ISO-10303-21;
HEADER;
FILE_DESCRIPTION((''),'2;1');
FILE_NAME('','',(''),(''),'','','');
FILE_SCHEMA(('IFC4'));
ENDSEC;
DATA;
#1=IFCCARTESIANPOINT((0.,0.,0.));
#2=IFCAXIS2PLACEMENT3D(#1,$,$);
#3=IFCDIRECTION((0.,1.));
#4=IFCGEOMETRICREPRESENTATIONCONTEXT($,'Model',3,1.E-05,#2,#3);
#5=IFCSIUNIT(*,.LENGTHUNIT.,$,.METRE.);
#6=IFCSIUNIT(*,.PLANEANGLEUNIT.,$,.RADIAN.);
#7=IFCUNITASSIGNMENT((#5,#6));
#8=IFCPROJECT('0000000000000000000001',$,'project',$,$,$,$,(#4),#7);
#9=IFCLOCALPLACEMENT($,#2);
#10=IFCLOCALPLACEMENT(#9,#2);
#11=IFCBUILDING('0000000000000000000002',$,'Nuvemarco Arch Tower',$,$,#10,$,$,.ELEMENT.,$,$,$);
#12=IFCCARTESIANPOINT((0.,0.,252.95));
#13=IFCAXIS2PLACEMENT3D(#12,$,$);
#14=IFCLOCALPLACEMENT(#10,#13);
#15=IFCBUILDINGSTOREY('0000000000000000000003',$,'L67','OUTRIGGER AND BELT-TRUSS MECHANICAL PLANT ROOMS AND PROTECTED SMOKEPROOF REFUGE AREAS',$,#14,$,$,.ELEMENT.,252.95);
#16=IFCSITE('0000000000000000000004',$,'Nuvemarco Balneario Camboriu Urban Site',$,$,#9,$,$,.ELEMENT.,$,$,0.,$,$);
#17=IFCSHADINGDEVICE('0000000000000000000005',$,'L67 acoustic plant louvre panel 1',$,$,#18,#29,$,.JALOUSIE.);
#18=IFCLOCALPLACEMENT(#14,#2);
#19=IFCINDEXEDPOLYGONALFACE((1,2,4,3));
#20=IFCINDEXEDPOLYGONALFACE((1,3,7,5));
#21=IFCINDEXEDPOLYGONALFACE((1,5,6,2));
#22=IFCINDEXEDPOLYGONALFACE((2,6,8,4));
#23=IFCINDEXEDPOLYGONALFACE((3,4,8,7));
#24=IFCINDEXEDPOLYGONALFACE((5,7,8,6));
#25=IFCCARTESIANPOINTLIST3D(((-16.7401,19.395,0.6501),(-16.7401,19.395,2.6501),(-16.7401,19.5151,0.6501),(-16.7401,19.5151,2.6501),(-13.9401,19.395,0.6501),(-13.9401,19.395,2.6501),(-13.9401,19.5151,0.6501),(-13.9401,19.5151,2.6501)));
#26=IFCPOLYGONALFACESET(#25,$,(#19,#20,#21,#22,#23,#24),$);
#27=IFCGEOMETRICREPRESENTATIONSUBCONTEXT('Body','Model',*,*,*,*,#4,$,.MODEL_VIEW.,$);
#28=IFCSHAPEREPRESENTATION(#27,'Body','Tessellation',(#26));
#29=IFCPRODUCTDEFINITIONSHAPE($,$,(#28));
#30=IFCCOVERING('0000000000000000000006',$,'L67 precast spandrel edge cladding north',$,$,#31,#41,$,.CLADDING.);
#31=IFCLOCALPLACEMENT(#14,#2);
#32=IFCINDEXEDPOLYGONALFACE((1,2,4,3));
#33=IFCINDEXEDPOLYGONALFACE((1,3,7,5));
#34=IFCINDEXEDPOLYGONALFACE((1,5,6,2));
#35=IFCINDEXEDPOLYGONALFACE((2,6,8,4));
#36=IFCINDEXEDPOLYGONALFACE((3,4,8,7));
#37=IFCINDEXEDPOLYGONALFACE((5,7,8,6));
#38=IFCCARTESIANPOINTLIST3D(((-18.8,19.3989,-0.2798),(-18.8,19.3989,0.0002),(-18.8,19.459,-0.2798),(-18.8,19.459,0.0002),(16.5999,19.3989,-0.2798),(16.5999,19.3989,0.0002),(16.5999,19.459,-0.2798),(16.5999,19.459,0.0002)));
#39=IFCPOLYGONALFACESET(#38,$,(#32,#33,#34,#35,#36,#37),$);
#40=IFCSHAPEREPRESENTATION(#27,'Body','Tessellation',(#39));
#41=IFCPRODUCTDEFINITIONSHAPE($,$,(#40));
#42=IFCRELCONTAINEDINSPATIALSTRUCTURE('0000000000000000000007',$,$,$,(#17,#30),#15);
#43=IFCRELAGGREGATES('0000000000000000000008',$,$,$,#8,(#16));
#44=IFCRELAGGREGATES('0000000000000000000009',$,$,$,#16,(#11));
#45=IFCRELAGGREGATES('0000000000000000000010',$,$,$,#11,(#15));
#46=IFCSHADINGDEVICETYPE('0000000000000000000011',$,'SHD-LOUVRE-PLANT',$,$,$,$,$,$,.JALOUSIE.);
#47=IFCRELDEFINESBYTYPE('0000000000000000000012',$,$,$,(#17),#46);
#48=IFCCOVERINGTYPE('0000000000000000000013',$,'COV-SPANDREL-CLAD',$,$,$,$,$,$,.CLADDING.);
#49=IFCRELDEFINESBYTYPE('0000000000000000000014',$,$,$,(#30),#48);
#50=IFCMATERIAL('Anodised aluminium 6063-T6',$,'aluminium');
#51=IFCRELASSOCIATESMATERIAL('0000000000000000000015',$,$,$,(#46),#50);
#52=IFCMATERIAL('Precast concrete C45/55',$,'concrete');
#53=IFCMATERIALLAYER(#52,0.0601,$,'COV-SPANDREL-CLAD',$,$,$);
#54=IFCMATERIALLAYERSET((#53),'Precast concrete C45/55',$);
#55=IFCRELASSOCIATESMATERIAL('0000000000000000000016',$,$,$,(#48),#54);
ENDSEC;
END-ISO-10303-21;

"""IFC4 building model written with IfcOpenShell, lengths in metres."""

from ifc_helpers import new_model, si_unit, direction, frame, origin, origin_2d, place, context, subcontext, project, spatial, rectangle, extrude, source, transform, mapped, material, layer, layer_set, type_object, type_shapes, element, save


model = new_model("IFC4")

# Units and contexts
model_context = context("Model", 3, precision=1e-05, world=origin(), true_north=direction((0.0, 1.0)))
body_context = subcontext(model_context, "Body", "Model", "MODEL_VIEW")
ifc_project = project(units=[si_unit("LENGTHUNIT", "METRE"), si_unit("PLANEANGLEUNIT", "RADIAN")], contexts=[model_context])

# Site, building, storey
site_placement = place(None, origin())
site = spatial("IfcSite", under=ifc_project, at=site_placement, Name="Nuvemarco Balneario Camboriu Urban Site", CompositionType="ELEMENT", RefElevation=0.0)
building_placement = place(site_placement, origin())
building = spatial("IfcBuilding", under=site, at=building_placement, Name="Nuvemarco Arch Tower", CompositionType="ELEMENT")
storey_placement = place(building_placement, frame((0.0, 0.0, 252.95)))
storey = spatial("IfcBuildingStorey", under=building, at=storey_placement, Name="L67", Description="OUTRIGGER AND BELT-TRUSS MECHANICAL PLANT ROOMS AND PROTECTED SMOKEPROOF REFUGE AREAS", CompositionType="ELEMENT", Elevation=252.95)

# Shared definitions
ifc_material_1 = material(Name="Precast concrete C45/55", Category="concrete")

# Shading device
ifc_material_2 = material(Name="Anodised aluminium 6063-T6", Category="aluminium")
shading_device_type = type_object("IfcShadingDeviceType", Name="SHD-LOUVRE-PLANT", PredefinedType="JALOUSIE", material=ifc_material_2)
shared_shape_1 = source(origin(), body_context, "Body", "SweptSolid", [
    extrude(rectangle(XDim=2.8, YDim=0.1201, at=origin_2d()), origin(), (0.0, 0.0, 1.0), 2.0),
])
type_shapes(shading_device_type, [shared_shape_1])
shading_device_placement = place(storey_placement, frame((-15.3401, 19.4551, 0.6501), z_axis=(0.0, 0.0, 1.0), x_axis=(1.0, 0.0, 0.0)))
element("IfcShadingDevice", 1, at=shading_device_placement, inside=storey, type_object=shading_device_type, Name="L67 acoustic plant louvre panel 1", PredefinedType="JALOUSIE", context=body_context, shape_type="MappedRepresentation", body=[
    mapped(shared_shape_1, transform((0.0, 0.0, 0.0), scale=1.0)),
])

# Covering
ifc_layer_1 = layer(ifc_material_1, 0.0601, Name="COV-SPANDREL-CLAD")
ifc_layer_set_1 = layer_set([ifc_layer_1], Name="Precast concrete C45/55")
covering_type = type_object("IfcCoveringType", Name="COV-SPANDREL-CLAD", PredefinedType="CLADDING", material=ifc_layer_set_1)
shared_shape_2 = source(origin(), body_context, "Body", "SweptSolid", [
    extrude(rectangle(XDim=35.3999, YDim=0.0601, at=origin_2d()), origin(), (0.0, 0.0, 1.0), 0.28),
])
type_shapes(covering_type, [shared_shape_2])
covering_placement = place(storey_placement, frame((-1.1001, 19.429, -0.2798), z_axis=(0.0, 0.0, 1.0), x_axis=(1.0, 0.0, 0.0)))
element("IfcCovering", 2, at=covering_placement, inside=storey, type_object=covering_type, Name="L67 precast spandrel edge cladding north", PredefinedType="CLADDING", context=body_context, shape_type="MappedRepresentation", body=[
    mapped(shared_shape_2, transform((0.0, 0.0, 0.0), scale=1.0)),
])

save(model, "model.ifc")
